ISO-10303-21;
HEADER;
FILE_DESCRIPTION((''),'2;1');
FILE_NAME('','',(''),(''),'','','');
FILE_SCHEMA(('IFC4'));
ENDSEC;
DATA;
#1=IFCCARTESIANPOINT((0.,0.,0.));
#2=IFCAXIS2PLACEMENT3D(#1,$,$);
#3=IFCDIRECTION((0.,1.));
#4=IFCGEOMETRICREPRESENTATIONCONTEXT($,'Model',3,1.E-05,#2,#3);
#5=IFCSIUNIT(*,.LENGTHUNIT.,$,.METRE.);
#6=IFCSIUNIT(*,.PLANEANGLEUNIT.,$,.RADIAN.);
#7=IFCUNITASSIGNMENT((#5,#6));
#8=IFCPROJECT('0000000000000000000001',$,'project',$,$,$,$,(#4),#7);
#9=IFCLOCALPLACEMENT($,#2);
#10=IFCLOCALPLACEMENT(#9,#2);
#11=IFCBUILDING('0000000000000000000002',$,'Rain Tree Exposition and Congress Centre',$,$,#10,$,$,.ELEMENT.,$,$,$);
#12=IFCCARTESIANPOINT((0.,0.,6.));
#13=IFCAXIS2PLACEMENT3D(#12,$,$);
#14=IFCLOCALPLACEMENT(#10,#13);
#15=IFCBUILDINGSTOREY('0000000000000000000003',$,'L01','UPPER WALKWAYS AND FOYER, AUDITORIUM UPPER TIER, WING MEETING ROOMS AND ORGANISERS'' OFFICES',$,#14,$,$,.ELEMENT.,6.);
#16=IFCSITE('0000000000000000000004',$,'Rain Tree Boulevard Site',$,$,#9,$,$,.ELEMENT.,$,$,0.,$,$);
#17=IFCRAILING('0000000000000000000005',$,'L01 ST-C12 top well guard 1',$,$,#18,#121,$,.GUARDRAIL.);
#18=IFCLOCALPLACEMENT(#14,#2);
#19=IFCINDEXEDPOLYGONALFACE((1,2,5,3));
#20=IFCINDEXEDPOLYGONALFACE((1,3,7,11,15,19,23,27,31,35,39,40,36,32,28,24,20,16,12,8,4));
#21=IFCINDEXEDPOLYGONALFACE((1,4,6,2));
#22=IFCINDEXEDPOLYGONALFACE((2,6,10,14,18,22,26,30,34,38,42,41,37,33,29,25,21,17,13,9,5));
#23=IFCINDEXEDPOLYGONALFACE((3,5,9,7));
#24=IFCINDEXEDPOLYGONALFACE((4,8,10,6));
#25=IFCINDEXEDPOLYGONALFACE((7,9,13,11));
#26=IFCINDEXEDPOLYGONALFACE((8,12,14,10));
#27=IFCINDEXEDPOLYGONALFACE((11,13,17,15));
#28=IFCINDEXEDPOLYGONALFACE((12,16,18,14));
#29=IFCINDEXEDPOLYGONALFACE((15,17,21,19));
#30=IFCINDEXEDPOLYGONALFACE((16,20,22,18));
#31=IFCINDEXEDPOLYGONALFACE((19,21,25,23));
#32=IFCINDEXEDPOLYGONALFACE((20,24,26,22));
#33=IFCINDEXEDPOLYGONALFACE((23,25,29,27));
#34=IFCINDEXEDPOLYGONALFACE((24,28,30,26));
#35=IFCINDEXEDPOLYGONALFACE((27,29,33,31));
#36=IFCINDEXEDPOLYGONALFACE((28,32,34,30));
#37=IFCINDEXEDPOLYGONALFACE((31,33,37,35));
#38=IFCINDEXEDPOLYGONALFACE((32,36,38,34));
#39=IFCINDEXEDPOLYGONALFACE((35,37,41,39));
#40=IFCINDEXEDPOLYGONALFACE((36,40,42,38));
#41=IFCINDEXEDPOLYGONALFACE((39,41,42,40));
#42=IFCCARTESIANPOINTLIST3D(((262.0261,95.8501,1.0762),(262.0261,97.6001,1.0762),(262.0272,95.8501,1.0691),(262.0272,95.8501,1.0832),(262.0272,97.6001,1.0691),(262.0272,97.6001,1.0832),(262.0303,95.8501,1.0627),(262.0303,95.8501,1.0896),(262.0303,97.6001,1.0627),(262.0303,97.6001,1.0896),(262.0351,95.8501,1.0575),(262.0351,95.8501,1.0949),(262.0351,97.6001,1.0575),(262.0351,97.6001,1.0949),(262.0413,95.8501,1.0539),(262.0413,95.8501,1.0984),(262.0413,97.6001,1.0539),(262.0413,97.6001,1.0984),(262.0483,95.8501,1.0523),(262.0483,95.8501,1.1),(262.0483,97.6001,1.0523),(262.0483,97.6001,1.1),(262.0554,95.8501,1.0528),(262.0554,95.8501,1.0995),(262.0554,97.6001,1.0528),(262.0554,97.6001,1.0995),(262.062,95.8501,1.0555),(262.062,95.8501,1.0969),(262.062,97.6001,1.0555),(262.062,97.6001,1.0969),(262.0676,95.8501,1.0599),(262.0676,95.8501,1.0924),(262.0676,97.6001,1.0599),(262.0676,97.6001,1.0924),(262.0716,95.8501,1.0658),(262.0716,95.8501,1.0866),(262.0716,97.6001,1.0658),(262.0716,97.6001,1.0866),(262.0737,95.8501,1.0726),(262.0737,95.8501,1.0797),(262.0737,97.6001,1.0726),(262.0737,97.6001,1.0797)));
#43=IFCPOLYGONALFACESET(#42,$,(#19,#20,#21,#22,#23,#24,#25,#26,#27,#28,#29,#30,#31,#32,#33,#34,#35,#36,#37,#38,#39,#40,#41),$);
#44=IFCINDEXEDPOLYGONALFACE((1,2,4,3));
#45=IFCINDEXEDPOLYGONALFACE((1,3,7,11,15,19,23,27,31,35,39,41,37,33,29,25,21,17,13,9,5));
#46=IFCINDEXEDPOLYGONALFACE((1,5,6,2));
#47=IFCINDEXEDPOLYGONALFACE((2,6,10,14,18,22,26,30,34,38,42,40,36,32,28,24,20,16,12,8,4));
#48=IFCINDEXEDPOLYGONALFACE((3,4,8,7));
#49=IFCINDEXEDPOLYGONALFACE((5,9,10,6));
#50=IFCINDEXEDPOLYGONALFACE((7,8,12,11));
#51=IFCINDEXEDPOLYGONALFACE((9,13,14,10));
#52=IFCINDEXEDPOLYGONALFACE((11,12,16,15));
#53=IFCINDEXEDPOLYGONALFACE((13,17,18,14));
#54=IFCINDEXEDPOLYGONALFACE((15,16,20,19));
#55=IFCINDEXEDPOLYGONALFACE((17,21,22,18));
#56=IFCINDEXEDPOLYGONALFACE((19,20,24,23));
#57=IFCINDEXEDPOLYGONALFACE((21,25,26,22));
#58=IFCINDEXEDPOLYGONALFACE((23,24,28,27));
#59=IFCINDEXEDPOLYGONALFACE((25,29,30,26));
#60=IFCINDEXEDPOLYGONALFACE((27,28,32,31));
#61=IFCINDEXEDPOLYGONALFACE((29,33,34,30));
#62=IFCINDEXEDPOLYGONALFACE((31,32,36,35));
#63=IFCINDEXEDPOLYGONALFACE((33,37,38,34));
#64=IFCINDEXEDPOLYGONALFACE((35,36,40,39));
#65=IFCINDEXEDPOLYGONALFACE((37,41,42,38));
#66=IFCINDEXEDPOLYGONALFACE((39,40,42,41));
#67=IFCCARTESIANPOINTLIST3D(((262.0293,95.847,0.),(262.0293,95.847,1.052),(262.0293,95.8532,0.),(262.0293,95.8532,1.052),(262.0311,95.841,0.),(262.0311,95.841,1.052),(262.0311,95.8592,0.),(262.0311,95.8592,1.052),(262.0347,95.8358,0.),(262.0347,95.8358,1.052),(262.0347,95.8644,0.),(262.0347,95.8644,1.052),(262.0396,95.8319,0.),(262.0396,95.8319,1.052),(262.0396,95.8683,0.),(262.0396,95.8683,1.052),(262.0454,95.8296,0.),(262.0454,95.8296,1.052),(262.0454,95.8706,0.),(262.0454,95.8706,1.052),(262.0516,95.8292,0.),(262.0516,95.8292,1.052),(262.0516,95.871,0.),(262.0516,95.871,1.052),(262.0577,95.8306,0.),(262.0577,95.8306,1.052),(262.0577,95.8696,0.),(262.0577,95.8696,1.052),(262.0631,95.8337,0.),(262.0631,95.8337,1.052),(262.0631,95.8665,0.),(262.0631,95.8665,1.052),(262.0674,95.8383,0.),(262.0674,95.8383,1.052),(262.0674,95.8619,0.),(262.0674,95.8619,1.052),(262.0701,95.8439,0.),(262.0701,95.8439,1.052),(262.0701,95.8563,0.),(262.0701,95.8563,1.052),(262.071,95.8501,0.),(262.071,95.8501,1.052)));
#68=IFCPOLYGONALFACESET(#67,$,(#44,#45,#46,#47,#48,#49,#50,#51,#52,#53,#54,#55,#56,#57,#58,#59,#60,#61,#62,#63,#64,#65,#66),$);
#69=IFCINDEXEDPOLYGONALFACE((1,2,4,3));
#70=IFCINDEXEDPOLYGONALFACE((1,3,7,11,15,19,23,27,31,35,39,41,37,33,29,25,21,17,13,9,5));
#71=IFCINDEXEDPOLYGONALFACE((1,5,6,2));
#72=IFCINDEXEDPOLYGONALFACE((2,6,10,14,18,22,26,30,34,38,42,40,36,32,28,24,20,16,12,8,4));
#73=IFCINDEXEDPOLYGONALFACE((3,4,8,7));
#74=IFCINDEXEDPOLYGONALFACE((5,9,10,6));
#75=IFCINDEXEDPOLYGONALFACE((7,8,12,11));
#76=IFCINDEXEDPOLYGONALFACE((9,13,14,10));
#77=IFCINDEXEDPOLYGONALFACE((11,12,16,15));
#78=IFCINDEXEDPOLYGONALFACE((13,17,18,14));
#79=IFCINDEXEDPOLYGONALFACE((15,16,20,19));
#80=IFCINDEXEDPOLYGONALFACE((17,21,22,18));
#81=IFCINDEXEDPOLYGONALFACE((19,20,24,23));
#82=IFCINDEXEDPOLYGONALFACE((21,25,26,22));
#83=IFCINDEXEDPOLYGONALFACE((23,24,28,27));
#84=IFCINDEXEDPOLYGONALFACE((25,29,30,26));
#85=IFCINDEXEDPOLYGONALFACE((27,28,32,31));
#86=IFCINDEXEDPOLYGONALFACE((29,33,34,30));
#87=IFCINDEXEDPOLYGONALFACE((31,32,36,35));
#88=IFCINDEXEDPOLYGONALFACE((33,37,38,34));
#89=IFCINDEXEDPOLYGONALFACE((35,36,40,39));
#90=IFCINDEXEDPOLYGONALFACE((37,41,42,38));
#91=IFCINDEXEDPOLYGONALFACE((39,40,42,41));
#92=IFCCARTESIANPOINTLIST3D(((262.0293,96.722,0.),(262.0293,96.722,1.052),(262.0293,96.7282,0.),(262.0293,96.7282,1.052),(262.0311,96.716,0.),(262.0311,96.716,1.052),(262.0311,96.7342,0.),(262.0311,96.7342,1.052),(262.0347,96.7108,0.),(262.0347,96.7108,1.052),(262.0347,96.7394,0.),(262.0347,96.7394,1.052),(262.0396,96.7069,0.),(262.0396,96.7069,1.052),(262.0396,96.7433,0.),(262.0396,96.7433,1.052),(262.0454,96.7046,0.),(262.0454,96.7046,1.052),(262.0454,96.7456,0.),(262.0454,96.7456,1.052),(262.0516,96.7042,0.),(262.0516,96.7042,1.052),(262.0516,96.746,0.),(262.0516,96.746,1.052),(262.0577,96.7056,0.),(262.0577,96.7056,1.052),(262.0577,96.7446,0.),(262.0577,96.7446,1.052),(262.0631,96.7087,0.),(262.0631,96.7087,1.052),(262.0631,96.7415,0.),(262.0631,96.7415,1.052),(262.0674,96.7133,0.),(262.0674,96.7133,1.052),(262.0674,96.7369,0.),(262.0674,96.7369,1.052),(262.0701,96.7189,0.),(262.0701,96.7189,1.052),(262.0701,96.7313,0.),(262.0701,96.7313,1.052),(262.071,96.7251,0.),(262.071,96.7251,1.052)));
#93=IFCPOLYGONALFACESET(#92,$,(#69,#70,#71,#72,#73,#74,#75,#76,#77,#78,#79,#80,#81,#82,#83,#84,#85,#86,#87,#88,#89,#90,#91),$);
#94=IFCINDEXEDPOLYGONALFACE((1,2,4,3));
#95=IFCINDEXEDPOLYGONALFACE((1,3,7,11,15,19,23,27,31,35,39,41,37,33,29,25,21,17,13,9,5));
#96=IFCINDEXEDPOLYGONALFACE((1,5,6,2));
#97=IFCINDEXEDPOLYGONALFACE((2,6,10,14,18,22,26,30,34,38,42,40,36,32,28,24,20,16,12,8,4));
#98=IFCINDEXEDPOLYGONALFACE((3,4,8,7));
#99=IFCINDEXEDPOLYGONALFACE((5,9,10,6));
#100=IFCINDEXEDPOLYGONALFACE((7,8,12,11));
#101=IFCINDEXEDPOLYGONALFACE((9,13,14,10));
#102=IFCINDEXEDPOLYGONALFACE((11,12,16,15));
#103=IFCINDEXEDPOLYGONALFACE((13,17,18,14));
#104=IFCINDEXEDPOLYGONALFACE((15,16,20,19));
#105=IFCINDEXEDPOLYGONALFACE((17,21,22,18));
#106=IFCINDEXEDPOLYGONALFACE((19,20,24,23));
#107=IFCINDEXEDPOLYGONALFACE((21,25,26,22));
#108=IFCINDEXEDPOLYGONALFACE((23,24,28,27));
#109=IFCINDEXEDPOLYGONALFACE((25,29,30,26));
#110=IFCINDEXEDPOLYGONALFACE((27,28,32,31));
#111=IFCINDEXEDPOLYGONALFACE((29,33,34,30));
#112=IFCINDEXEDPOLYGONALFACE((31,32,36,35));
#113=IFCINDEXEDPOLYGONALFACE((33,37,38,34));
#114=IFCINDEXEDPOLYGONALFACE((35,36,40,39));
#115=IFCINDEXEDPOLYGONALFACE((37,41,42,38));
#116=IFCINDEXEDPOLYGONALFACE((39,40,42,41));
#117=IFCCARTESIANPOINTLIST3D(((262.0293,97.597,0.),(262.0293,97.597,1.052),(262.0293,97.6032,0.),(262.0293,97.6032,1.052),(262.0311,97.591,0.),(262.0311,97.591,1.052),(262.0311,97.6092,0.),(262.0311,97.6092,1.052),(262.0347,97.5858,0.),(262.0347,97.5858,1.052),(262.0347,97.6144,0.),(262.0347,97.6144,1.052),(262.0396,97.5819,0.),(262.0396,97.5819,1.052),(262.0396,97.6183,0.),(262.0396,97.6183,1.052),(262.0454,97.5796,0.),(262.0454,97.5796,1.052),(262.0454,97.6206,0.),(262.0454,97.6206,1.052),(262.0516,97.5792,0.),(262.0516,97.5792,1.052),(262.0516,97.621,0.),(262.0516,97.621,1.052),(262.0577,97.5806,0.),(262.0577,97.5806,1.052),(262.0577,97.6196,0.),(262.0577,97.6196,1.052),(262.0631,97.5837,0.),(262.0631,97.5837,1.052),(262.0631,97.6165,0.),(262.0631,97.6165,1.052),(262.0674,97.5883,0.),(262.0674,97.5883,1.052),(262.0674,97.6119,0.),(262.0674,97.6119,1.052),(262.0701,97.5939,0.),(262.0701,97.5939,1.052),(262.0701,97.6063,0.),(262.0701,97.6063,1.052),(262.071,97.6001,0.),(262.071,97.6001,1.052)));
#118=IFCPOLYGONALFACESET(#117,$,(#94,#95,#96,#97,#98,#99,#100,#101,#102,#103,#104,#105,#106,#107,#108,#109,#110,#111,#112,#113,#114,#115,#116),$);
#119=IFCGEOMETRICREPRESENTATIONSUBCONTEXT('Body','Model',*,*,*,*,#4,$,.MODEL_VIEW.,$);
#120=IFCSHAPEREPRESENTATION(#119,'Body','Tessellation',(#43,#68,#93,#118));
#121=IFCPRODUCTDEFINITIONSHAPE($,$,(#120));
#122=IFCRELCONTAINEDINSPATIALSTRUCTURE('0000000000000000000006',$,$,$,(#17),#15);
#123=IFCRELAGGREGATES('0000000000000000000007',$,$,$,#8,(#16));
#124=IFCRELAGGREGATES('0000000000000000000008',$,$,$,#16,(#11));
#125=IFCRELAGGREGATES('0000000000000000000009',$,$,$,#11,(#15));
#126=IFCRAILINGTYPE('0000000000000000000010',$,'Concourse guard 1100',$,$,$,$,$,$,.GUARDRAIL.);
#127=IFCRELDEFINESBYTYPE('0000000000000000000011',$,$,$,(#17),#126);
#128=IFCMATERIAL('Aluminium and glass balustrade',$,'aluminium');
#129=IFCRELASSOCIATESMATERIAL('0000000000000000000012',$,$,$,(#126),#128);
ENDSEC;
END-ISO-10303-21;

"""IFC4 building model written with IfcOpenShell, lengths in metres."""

from ifc_helpers import new_model, si_unit, direction, frame, origin, origin_2d, place, context, subcontext, project, spatial, circle, extrude, material, type_object, element, save


model = new_model("IFC4")

# Units and contexts
model_context = context("Model", 3, precision=1e-05, world=origin(), true_north=direction((0.0, 1.0)))
body_context = subcontext(model_context, "Body", "Model", "MODEL_VIEW")
ifc_project = project(units=[si_unit("LENGTHUNIT", "METRE"), si_unit("PLANEANGLEUNIT", "RADIAN")], contexts=[model_context])

# Site, building, storey
site_placement = place(None, origin())
site = spatial("IfcSite", under=ifc_project, at=site_placement, Name="Rain Tree Boulevard Site", CompositionType="ELEMENT", RefElevation=0.0)
building_placement = place(site_placement, origin())
building = spatial("IfcBuilding", under=site, at=building_placement, Name="Rain Tree Exposition and Congress Centre", CompositionType="ELEMENT")
storey_placement = place(building_placement, frame((0.0, 0.0, 6.0)))
storey = spatial("IfcBuildingStorey", under=building, at=storey_placement, Name="L01", Description="UPPER WALKWAYS AND FOYER, AUDITORIUM UPPER TIER, WING MEETING ROOMS AND ORGANISERS' OFFICES", CompositionType="ELEMENT", Elevation=6.0)

# Railing
ifc_material_1 = material(Name="Aluminium and glass balustrade", Category="aluminium")
railing_type = type_object("IfcRailingType", Name="Concourse guard 1100", PredefinedType="GUARDRAIL", material=ifc_material_1)
railing_1_placement = place(storey_placement, frame((262.05, 95.8501, 0.0)))
element("IfcRailing", 1, at=railing_1_placement, inside=storey, type_object=railing_type, Name="L01 ST-C12 top well guard 1", PredefinedType="GUARDRAIL", context=body_context, shape_type="SweptSolid", body=[
    extrude(circle(Radius=0.0239, at=origin_2d()), frame((0.0, 0.0, 1.0762), z_axis=(0.0, 1.0, 0.0), x_axis=(-1.0, 0.0, 0.0)), (0.0, 0.0, 1.0), 1.75),
    extrude(circle(Radius=0.021, at=origin_2d()), origin(), (0.0, 0.0, 1.0), 1.052),
    extrude(circle(Radius=0.021, at=origin_2d()), frame((0.0, 0.875, 0.0)), (0.0, 0.0, 1.0), 1.052),
    extrude(circle(Radius=0.021, at=origin_2d()), frame((0.0, 1.75, 0.0)), (0.0, 0.0, 1.0), 1.052),
])

save(model, "model.ifc")
